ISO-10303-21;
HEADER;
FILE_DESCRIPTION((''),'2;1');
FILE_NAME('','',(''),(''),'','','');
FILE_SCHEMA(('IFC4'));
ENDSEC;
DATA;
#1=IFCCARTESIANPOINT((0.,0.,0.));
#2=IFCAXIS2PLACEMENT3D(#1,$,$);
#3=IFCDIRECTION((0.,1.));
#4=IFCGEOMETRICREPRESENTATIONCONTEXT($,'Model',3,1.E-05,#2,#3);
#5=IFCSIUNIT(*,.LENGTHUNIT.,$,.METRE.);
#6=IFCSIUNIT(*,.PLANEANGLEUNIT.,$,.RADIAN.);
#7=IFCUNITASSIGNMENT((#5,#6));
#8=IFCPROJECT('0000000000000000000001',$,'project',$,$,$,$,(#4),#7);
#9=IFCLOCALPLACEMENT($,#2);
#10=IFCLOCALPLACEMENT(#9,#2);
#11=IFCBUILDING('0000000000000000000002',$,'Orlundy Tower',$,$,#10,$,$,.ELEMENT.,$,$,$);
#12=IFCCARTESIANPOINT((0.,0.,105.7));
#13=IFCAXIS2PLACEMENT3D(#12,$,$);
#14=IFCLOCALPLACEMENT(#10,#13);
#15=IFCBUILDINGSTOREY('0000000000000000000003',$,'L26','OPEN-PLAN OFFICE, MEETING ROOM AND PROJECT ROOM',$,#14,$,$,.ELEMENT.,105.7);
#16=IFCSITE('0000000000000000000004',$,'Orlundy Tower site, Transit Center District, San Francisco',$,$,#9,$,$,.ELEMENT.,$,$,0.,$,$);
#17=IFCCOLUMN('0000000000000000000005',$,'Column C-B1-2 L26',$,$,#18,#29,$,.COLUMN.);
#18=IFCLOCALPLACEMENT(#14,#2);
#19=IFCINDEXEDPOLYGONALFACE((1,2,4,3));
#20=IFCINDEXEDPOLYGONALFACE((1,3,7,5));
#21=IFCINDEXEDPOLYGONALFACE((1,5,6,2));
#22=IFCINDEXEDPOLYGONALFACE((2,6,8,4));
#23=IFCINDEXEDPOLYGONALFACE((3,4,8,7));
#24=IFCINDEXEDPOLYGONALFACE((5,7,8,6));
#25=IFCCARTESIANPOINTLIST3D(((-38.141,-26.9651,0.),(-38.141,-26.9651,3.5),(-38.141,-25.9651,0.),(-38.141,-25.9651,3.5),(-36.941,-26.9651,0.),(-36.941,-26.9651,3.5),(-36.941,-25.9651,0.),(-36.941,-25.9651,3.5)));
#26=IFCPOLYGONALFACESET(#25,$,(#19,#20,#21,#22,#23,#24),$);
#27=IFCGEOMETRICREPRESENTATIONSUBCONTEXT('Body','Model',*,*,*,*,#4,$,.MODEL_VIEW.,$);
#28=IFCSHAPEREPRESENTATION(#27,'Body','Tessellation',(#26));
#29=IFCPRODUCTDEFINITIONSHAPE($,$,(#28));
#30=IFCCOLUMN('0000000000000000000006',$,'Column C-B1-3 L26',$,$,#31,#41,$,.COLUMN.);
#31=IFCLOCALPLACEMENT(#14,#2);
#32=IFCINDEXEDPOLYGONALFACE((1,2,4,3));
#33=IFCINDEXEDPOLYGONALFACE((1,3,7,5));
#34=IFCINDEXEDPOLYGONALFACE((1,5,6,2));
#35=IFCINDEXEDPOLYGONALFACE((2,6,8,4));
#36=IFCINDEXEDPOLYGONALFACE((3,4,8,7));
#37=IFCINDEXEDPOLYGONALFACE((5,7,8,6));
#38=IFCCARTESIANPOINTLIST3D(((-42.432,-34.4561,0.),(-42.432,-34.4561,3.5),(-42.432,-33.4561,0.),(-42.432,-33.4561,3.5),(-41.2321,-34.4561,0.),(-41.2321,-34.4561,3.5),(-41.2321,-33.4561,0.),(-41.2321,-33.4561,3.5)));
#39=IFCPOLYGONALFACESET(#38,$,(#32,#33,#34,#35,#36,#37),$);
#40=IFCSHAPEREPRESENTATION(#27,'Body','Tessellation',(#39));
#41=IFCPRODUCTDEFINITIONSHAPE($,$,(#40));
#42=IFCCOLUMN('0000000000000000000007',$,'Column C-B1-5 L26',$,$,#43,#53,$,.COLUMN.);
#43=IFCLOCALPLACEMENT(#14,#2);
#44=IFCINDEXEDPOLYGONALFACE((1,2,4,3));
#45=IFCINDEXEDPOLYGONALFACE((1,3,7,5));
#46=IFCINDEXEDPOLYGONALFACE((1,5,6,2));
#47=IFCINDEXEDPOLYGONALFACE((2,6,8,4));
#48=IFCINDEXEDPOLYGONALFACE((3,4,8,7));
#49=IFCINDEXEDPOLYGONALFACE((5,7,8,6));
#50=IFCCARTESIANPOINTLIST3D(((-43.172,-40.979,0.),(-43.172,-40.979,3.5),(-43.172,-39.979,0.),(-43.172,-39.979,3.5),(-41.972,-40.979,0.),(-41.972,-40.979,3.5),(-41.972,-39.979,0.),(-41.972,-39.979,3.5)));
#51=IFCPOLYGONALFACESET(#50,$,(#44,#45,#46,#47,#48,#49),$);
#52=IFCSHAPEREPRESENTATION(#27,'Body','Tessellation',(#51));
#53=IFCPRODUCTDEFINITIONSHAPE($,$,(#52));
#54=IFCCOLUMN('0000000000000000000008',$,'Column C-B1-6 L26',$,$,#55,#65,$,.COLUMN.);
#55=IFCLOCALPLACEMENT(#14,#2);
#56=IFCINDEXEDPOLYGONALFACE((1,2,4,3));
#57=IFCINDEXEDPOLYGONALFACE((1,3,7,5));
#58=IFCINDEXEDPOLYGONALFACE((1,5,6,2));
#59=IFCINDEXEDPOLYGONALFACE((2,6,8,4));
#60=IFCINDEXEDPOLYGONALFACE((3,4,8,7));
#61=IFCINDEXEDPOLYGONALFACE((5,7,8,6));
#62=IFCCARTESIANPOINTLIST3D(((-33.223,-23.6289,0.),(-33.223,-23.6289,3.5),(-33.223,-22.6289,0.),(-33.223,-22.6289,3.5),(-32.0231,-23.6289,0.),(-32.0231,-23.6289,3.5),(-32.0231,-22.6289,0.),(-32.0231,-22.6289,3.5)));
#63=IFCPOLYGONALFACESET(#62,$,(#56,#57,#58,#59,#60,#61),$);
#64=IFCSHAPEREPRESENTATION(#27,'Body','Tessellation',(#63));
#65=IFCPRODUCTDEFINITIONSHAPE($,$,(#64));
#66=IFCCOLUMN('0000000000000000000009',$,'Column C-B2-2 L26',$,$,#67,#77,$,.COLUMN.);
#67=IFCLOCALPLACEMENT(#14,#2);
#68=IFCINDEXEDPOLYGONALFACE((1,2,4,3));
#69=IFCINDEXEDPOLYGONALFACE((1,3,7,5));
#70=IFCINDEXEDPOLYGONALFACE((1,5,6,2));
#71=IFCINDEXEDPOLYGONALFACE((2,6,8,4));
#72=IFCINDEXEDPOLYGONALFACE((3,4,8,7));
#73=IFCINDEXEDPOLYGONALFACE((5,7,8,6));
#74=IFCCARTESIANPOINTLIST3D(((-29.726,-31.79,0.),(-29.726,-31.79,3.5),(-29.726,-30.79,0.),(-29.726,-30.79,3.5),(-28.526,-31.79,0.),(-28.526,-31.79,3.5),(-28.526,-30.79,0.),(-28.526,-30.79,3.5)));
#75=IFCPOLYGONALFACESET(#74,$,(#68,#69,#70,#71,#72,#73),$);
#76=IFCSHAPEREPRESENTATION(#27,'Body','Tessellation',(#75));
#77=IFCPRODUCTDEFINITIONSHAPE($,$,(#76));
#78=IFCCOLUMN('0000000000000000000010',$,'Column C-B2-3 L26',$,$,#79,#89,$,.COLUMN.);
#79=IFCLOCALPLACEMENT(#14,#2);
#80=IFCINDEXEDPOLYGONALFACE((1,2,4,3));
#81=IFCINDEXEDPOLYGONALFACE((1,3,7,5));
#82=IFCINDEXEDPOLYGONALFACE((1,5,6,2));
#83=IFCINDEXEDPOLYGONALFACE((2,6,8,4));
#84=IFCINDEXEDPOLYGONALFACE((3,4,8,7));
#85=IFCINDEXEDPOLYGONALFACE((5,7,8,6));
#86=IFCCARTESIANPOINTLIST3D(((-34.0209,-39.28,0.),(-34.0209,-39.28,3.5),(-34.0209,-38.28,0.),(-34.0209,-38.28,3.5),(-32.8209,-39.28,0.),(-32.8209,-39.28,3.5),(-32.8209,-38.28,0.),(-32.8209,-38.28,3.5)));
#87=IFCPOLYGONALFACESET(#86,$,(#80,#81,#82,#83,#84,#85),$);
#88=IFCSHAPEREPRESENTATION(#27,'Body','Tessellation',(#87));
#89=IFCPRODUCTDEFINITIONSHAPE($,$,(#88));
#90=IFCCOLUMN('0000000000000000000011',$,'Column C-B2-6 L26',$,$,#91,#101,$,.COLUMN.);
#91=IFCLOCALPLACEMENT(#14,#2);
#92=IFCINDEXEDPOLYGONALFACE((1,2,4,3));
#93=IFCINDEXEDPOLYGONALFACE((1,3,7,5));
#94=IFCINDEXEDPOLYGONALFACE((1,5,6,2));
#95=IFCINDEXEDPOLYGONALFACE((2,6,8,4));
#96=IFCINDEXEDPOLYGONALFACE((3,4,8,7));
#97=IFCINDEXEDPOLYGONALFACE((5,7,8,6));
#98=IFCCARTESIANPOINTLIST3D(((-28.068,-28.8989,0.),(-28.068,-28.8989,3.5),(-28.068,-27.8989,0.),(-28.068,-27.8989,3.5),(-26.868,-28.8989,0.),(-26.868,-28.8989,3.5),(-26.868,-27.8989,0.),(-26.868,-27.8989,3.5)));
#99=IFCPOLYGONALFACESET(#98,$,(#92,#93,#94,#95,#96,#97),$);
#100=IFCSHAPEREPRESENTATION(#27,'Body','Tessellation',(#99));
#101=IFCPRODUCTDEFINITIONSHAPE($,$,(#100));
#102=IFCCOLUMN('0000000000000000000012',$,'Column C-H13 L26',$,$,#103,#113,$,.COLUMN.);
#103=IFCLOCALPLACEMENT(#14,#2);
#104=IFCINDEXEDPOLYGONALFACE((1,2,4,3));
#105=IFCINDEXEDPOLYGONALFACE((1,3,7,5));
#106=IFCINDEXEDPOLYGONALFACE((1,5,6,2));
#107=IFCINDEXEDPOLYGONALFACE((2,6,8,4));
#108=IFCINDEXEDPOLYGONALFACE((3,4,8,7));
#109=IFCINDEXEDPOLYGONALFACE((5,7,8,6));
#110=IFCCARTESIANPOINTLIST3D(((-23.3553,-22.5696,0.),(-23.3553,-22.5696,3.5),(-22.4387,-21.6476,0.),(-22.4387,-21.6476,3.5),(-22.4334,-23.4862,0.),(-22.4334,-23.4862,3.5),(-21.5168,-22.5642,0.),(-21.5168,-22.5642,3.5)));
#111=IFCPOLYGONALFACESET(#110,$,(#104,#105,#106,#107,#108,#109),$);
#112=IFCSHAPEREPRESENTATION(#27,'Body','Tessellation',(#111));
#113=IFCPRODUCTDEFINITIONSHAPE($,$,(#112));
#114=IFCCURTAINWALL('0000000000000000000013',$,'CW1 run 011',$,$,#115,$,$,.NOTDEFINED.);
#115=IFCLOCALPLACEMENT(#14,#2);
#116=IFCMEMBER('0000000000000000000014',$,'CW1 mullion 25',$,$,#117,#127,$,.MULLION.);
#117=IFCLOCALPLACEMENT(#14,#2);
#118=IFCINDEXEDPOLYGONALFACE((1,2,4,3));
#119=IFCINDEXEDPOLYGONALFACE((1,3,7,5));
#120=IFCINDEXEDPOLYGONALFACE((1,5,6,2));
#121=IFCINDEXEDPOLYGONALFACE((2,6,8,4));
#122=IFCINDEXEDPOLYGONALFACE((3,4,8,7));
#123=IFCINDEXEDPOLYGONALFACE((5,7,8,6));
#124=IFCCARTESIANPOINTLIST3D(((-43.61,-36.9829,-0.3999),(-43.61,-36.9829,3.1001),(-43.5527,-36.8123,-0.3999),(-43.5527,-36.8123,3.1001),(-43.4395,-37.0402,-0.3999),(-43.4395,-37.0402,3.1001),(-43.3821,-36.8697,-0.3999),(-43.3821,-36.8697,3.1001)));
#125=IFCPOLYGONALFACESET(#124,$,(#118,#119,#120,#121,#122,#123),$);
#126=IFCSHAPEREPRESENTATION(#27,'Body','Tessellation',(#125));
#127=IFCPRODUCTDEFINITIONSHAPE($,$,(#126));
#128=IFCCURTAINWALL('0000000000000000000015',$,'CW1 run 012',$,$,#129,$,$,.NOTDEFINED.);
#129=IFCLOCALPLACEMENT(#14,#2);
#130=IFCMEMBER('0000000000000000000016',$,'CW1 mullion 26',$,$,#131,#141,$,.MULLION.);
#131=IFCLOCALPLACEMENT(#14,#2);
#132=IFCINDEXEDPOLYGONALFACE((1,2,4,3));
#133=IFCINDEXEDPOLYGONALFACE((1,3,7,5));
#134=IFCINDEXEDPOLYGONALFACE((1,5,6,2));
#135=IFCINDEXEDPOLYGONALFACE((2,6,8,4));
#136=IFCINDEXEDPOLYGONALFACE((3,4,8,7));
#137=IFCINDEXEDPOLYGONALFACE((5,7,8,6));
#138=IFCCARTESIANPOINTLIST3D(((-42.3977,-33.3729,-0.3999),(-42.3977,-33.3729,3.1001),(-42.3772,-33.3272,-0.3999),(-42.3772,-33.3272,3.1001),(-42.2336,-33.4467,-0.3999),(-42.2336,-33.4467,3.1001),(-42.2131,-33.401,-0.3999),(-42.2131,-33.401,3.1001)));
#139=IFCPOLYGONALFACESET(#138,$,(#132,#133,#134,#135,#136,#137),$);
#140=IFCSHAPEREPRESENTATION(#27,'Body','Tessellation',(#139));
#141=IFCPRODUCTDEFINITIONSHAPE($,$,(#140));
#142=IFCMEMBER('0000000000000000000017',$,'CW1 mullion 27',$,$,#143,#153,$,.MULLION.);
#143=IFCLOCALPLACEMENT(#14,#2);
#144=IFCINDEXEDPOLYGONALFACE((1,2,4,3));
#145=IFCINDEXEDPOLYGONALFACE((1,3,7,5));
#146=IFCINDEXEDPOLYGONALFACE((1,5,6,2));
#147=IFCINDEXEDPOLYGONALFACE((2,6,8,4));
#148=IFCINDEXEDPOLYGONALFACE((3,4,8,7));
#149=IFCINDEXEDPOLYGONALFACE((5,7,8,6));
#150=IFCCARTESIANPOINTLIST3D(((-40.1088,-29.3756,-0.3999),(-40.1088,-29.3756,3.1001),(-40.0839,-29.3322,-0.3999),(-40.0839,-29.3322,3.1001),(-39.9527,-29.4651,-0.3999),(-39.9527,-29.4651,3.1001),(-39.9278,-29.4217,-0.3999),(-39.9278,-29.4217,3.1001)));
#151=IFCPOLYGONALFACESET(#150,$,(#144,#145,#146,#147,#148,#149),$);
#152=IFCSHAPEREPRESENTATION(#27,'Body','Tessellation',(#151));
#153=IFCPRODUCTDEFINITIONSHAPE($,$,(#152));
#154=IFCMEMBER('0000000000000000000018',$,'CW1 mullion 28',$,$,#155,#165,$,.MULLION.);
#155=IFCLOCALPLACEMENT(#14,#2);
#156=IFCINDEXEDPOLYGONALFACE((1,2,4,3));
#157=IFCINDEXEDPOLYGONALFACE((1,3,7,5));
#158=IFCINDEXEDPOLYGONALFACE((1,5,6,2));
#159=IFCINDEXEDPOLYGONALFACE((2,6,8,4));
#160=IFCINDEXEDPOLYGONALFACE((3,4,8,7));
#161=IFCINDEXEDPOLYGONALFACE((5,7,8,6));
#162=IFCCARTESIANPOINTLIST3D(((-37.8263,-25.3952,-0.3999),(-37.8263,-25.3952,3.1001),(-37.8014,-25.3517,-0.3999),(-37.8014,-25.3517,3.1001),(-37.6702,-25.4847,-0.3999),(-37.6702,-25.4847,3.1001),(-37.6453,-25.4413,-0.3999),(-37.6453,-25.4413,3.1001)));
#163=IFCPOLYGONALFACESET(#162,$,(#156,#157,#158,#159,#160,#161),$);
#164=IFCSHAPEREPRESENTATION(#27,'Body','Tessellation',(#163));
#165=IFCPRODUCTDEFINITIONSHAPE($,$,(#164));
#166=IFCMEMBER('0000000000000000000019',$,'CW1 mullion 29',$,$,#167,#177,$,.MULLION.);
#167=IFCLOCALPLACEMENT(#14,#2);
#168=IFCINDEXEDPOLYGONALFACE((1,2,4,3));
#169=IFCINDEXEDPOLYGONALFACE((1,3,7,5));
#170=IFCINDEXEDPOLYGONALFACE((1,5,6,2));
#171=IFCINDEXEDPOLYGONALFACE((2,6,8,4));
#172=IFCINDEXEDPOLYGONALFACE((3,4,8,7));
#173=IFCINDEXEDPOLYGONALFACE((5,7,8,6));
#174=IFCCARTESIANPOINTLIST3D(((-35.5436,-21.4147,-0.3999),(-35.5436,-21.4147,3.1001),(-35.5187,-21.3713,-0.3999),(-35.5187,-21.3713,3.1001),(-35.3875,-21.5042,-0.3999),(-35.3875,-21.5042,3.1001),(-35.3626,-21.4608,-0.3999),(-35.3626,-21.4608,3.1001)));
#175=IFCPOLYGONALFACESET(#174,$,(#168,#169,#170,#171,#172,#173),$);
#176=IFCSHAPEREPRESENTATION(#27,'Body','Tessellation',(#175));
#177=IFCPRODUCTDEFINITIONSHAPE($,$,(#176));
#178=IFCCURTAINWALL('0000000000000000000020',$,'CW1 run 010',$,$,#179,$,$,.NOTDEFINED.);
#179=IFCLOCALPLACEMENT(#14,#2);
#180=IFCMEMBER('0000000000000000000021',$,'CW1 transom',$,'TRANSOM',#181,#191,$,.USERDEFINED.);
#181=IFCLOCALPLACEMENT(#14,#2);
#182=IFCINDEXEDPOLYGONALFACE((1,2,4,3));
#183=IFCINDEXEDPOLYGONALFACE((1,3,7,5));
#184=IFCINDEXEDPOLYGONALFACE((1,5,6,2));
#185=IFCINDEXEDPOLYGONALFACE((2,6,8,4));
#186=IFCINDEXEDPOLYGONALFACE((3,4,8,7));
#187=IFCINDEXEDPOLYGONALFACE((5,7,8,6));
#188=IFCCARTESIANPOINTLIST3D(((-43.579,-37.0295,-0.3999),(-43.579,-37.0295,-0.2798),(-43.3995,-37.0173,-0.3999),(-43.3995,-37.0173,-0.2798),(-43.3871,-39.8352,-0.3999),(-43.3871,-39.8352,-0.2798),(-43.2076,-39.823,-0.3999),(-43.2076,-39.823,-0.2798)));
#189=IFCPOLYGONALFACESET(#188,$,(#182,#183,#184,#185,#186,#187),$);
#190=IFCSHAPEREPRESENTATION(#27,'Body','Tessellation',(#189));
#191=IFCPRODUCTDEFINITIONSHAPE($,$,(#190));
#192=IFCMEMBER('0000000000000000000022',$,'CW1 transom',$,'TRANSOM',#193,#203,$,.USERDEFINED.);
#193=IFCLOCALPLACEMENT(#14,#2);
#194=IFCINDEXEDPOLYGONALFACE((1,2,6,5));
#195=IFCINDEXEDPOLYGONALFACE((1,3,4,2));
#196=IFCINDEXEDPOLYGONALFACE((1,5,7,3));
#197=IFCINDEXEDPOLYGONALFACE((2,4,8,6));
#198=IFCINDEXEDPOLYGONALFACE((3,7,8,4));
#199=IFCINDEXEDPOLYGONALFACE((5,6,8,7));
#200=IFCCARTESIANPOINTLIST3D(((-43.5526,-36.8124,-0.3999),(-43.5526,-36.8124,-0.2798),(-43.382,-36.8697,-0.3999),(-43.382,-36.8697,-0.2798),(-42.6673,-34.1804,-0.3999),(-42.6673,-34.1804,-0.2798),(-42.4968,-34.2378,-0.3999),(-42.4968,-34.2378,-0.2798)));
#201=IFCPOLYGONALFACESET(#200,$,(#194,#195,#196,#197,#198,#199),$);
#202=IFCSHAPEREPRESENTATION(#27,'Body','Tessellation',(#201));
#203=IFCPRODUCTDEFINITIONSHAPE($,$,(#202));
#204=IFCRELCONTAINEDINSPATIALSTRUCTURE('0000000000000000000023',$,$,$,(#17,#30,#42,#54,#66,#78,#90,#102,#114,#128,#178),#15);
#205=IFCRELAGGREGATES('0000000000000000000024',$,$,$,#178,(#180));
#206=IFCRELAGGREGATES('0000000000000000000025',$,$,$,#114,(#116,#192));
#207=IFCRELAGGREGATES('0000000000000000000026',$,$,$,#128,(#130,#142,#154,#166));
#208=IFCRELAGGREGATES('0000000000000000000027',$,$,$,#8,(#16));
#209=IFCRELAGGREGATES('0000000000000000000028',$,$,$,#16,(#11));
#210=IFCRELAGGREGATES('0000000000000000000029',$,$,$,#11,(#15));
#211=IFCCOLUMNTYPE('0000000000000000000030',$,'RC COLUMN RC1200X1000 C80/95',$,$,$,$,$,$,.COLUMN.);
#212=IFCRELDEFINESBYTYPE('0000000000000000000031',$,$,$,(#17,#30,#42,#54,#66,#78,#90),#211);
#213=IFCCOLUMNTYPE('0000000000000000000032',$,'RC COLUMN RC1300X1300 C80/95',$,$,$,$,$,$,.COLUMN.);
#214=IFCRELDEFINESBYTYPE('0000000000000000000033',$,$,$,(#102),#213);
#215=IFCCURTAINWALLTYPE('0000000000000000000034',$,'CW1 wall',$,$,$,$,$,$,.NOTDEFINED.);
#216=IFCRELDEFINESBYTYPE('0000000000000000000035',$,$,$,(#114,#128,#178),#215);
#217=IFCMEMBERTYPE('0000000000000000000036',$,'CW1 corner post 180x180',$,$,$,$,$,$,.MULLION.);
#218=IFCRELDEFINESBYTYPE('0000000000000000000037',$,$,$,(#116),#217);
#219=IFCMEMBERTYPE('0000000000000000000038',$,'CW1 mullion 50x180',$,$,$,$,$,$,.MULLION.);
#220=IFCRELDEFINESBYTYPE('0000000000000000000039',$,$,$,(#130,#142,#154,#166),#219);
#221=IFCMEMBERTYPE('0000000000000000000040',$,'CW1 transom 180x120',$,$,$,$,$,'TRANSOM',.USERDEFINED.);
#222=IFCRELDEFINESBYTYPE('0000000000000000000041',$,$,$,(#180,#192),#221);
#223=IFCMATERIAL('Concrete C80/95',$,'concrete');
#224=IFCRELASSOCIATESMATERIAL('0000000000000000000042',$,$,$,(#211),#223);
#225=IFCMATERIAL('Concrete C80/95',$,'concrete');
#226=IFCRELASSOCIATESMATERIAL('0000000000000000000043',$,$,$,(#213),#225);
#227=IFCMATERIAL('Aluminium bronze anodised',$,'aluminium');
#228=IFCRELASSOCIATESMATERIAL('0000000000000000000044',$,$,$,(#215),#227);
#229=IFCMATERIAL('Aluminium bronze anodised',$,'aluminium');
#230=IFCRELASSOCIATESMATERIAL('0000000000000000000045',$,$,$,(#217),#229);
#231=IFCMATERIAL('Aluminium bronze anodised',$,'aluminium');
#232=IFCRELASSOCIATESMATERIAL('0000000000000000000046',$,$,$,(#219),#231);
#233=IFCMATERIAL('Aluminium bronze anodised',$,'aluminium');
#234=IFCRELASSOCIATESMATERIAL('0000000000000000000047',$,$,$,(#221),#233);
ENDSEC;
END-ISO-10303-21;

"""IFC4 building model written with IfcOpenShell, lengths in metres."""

from ifc_helpers import new_model, si_unit, direction, frame, origin, origin_2d, place, context, subcontext, project, spatial, rectangle, extrude, material, material_profile, profile_set, type_object, element, aggregate, save


model = new_model("IFC4")

# Units and contexts
model_context = context("Model", 3, precision=1e-05, world=origin(), true_north=direction((0.0, 1.0)))
body_context = subcontext(model_context, "Body", "Model", "MODEL_VIEW")
ifc_project = project(units=[si_unit("LENGTHUNIT", "METRE"), si_unit("PLANEANGLEUNIT", "RADIAN")], contexts=[model_context])

# Site, building, storey
site_placement = place(None, origin())
site = spatial("IfcSite", under=ifc_project, at=site_placement, Name="Orlundy Tower site, Transit Center District, San Francisco", CompositionType="ELEMENT", RefElevation=0.0)
building_placement = place(site_placement, origin())
building = spatial("IfcBuilding", under=site, at=building_placement, Name="Orlundy Tower", CompositionType="ELEMENT")
storey_placement = place(building_placement, frame((0.0, 0.0, 105.7)))
storey = spatial("IfcBuildingStorey", under=building, at=storey_placement, Name="L26", Description="OPEN-PLAN OFFICE, MEETING ROOM AND PROJECT ROOM", CompositionType="ELEMENT", Elevation=105.7)

# Columns
ifc_material_1 = material(Name="Concrete C80/95", Category="concrete")
ifc_material_profile_1 = material_profile(ifc_material_1, rectangle(XDim=1.2, YDim=1.0, at=origin_2d()), Name="RC1200X1000")
ifc_profile_set_1 = profile_set([ifc_material_profile_1], Name="Concrete C80/95")
column_type_1 = type_object("IfcColumnType", Name="RC COLUMN RC1200X1000 C80/95", PredefinedType="COLUMN", material=ifc_profile_set_1)
for number, where, z_axis, x_axis, name in (
    (1, (-37.541, -26.4651, 0.0), (0.0, 0.0, 1.0), (1.0, 0.0, 0.0), "Column C-B1-2 L26"),
    (2, (-41.832, -33.9561, 0.0), (0.0, 0.0, 1.0), (1.0, 0.0, 0.0), "Column C-B1-3 L26"),
    (3, (-42.572, -40.479, 0.0), (0.0, 0.0, 1.0), (1.0, 0.0, 0.0), "Column C-B1-5 L26"),
    (4, (-32.623, -23.1289, 0.0), (0.0, 0.0, 1.0), (1.0, 0.0, 0.0), "Column C-B1-6 L26"),
    (5, (-29.126, -31.29, 0.0), (0.0, 0.0, 1.0), (1.0, 0.0, 0.0), "Column C-B2-2 L26"),
    (6, (-33.4209, -38.78, 0.0), (0.0, 0.0, 1.0), (1.0, 0.0, 0.0), "Column C-B2-3 L26"),
    (7, (-27.468, -28.3989, 0.0), (0.0, 0.0, 1.0), (1.0, 0.0, 0.0), "Column C-B2-6 L26"),
):
    element("IfcColumn", number, at=place(storey_placement, frame(where, z_axis=z_axis, x_axis=x_axis)), inside=storey, type_object=column_type_1, Name=name, PredefinedType="COLUMN", context=body_context, shape_type="SweptSolid", body=[
        extrude(rectangle(XDim=1.2, YDim=1.0, at=origin_2d()), origin(), (0.0, 0.0, 1.0), 3.5),
    ])
ifc_material_2 = material(Name="Concrete C80/95", Category="concrete")
ifc_material_profile_2 = material_profile(ifc_material_2, rectangle(XDim=1.3, YDim=1.3, at=origin_2d()), Name="RC1300X1300")
ifc_profile_set_2 = profile_set([ifc_material_profile_2], Name="Concrete C80/95")
column_type_2 = type_object("IfcColumnType", Name="RC COLUMN RC1300X1300 C80/95", PredefinedType="COLUMN", material=ifc_profile_set_2)
column_placement = place(storey_placement, frame((-22.436, -22.5669, 0.0), z_axis=(0.0, 0.0, 1.0), x_axis=(-0.705043, -0.709165, 0.0)))
element("IfcColumn", 8, at=column_placement, inside=storey, type_object=column_type_2, Name="Column C-H13 L26", PredefinedType="COLUMN", context=body_context, shape_type="SweptSolid", body=[
    extrude(rectangle(XDim=1.3, YDim=1.3, at=origin_2d()), origin(), (0.0, 0.0, 1.0), 3.5),
])

# Curtain wall, member
ifc_material_3 = material(Name="Aluminium bronze anodised", Category="aluminium")
curtain_wall_type = type_object("IfcCurtainWallType", Name="CW1 wall", PredefinedType="NOTDEFINED", material=ifc_material_3)
curtain_wall_1_placement = place(storey_placement, origin())
curtain_wall_1 = element("IfcCurtainWall", 9, at=curtain_wall_1_placement, inside=storey, type_object=curtain_wall_type, Name="CW1 run 011", PredefinedType="NOTDEFINED")
ifc_material_4 = material(Name="Aluminium bronze anodised", Category="aluminium")
ifc_material_profile_3 = material_profile(ifc_material_4, rectangle(XDim=0.1799, YDim=0.1799, at=origin_2d()), Name="CW1 corner post 180x180")
ifc_profile_set_3 = profile_set([ifc_material_profile_3], Name="Aluminium bronze anodised")
member_type_1 = type_object("IfcMemberType", Name="CW1 corner post 180x180", PredefinedType="MULLION", material=ifc_profile_set_3)
member_1_placement = place(storey_placement, frame((-43.4961, -36.9263, -0.3999), z_axis=(0.0, 0.0, 1.0), x_axis=(-0.947817, 0.318816, 0.0)))
member_1 = element("IfcMember", 10, at=member_1_placement, type_object=member_type_1, Name="CW1 mullion 25", PredefinedType="MULLION", context=body_context, shape_type="SweptSolid", body=[
    extrude(rectangle(XDim=0.1799, YDim=0.1799, at=origin_2d()), origin(), (0.0, 0.0, 1.0), 3.5),
])

# Curtain wall, members
curtain_wall_2_placement = place(storey_placement, origin())
curtain_wall_2 = element("IfcCurtainWall", 11, at=curtain_wall_2_placement, inside=storey, type_object=curtain_wall_type, Name="CW1 run 012", PredefinedType="NOTDEFINED")
ifc_material_5 = material(Name="Aluminium bronze anodised", Category="aluminium")
ifc_material_profile_4 = material_profile(ifc_material_5, rectangle(XDim=0.1799, YDim=0.05, at=origin_2d()), Name="CW1 mullion 50x180")
ifc_profile_set_4 = profile_set([ifc_material_profile_4], Name="Aluminium bronze anodised")
member_type_2 = type_object("IfcMemberType", Name="CW1 mullion 50x180", PredefinedType="MULLION", material=ifc_profile_set_4)
member_2_placement = place(storey_placement, frame((-42.3054, -33.387, -0.3999), z_axis=(0.0, 0.0, 1.0), x_axis=(-0.912034, 0.410114, 0.0)))
member_2 = element("IfcMember", 12, at=member_2_placement, type_object=member_type_2, Name="CW1 mullion 26", PredefinedType="MULLION", context=body_context, shape_type="SweptSolid", body=[
    extrude(rectangle(XDim=0.1799, YDim=0.05, at=origin_2d()), origin(), (0.0, 0.0, 1.0), 3.5),
])
member_3_placement = place(storey_placement, frame((-40.0183, -29.3987, -0.3999), z_axis=(0.0, 0.0, 1.0), x_axis=(-0.867482, 0.497468, 0.0)))
member_3 = element("IfcMember", 13, at=member_3_placement, type_object=member_type_2, Name="CW1 mullion 27", PredefinedType="MULLION", context=body_context, shape_type="SweptSolid", body=[
    extrude(rectangle(XDim=0.1799, YDim=0.05, at=origin_2d()), origin(), (0.0, 0.0, 1.0), 3.5),
])
member_4_placement = place(storey_placement, frame((-37.7358, -25.4182, -0.3999), z_axis=(0.0, 0.0, 1.0), x_axis=(-0.867482, 0.497468, 0.0)))
member_4 = element("IfcMember", 14, at=member_4_placement, type_object=member_type_2, Name="CW1 mullion 28", PredefinedType="MULLION", context=body_context, shape_type="SweptSolid", body=[
    extrude(rectangle(XDim=0.1799, YDim=0.05, at=origin_2d()), origin(), (0.0, 0.0, 1.0), 3.5),
])
member_5_placement = place(storey_placement, frame((-35.4531, -21.4377, -0.3999), z_axis=(0.0, 0.0, 1.0), x_axis=(-0.867482, 0.497468, 0.0)))
member_5 = element("IfcMember", 15, at=member_5_placement, type_object=member_type_2, Name="CW1 mullion 29", PredefinedType="MULLION", context=body_context, shape_type="SweptSolid", body=[
    extrude(rectangle(XDim=0.1799, YDim=0.05, at=origin_2d()), origin(), (0.0, 0.0, 1.0), 3.5),
])

# Curtain wall, member
curtain_wall_3_placement = place(storey_placement, origin())
curtain_wall_3 = element("IfcCurtainWall", 16, at=curtain_wall_3_placement, inside=storey, type_object=curtain_wall_type, Name="CW1 run 010", PredefinedType="NOTDEFINED")
ifc_material_6 = material(Name="Aluminium bronze anodised", Category="aluminium")
ifc_material_profile_5 = material_profile(ifc_material_6, rectangle(XDim=0.1799, YDim=0.1201, at=origin_2d()), Name="CW1 transom 180x120")
ifc_profile_set_5 = profile_set([ifc_material_profile_5], Name="Aluminium bronze anodised")
member_type_3 = type_object("IfcMemberType", Name="CW1 transom 180x120", ElementType="TRANSOM", PredefinedType="USERDEFINED", material=ifc_profile_set_5)
member_6_placement = place(storey_placement, frame((-43.2974, -39.8291, -0.3398), z_axis=(-0.068236, 0.997669, 0.0), x_axis=(-0.997669, -0.068236, 0.0)))
member_6 = element("IfcMember", 17, at=member_6_placement, type_object=member_type_3, Name="CW1 transom", ObjectType="TRANSOM", PredefinedType="USERDEFINED", context=body_context, shape_type="SweptSolid", body=[
    extrude(rectangle(XDim=0.1799, YDim=0.1201, at=origin_2d()), origin(), (0.0, 0.0, 1.0), 2.8123),
])

# Member
member_7_placement = place(storey_placement, frame((-43.4673, -36.8411, -0.3398), z_axis=(0.318785, 0.947827, 0.0), x_axis=(-0.947827, 0.318785, 0.0)))
member_7 = element("IfcMember", 18, at=member_7_placement, type_object=member_type_3, Name="CW1 transom", ObjectType="TRANSOM", PredefinedType="USERDEFINED", context=body_context, shape_type="SweptSolid", body=[
    extrude(rectangle(XDim=0.1799, YDim=0.1201, at=origin_2d()), origin(), (0.0, 0.0, 1.0), 2.7769),
])

aggregate(curtain_wall_3, [member_6])
aggregate(curtain_wall_1, [member_1, member_7])
aggregate(curtain_wall_2, [member_2, member_3, member_4, member_5])

save(model, "model.ifc")
